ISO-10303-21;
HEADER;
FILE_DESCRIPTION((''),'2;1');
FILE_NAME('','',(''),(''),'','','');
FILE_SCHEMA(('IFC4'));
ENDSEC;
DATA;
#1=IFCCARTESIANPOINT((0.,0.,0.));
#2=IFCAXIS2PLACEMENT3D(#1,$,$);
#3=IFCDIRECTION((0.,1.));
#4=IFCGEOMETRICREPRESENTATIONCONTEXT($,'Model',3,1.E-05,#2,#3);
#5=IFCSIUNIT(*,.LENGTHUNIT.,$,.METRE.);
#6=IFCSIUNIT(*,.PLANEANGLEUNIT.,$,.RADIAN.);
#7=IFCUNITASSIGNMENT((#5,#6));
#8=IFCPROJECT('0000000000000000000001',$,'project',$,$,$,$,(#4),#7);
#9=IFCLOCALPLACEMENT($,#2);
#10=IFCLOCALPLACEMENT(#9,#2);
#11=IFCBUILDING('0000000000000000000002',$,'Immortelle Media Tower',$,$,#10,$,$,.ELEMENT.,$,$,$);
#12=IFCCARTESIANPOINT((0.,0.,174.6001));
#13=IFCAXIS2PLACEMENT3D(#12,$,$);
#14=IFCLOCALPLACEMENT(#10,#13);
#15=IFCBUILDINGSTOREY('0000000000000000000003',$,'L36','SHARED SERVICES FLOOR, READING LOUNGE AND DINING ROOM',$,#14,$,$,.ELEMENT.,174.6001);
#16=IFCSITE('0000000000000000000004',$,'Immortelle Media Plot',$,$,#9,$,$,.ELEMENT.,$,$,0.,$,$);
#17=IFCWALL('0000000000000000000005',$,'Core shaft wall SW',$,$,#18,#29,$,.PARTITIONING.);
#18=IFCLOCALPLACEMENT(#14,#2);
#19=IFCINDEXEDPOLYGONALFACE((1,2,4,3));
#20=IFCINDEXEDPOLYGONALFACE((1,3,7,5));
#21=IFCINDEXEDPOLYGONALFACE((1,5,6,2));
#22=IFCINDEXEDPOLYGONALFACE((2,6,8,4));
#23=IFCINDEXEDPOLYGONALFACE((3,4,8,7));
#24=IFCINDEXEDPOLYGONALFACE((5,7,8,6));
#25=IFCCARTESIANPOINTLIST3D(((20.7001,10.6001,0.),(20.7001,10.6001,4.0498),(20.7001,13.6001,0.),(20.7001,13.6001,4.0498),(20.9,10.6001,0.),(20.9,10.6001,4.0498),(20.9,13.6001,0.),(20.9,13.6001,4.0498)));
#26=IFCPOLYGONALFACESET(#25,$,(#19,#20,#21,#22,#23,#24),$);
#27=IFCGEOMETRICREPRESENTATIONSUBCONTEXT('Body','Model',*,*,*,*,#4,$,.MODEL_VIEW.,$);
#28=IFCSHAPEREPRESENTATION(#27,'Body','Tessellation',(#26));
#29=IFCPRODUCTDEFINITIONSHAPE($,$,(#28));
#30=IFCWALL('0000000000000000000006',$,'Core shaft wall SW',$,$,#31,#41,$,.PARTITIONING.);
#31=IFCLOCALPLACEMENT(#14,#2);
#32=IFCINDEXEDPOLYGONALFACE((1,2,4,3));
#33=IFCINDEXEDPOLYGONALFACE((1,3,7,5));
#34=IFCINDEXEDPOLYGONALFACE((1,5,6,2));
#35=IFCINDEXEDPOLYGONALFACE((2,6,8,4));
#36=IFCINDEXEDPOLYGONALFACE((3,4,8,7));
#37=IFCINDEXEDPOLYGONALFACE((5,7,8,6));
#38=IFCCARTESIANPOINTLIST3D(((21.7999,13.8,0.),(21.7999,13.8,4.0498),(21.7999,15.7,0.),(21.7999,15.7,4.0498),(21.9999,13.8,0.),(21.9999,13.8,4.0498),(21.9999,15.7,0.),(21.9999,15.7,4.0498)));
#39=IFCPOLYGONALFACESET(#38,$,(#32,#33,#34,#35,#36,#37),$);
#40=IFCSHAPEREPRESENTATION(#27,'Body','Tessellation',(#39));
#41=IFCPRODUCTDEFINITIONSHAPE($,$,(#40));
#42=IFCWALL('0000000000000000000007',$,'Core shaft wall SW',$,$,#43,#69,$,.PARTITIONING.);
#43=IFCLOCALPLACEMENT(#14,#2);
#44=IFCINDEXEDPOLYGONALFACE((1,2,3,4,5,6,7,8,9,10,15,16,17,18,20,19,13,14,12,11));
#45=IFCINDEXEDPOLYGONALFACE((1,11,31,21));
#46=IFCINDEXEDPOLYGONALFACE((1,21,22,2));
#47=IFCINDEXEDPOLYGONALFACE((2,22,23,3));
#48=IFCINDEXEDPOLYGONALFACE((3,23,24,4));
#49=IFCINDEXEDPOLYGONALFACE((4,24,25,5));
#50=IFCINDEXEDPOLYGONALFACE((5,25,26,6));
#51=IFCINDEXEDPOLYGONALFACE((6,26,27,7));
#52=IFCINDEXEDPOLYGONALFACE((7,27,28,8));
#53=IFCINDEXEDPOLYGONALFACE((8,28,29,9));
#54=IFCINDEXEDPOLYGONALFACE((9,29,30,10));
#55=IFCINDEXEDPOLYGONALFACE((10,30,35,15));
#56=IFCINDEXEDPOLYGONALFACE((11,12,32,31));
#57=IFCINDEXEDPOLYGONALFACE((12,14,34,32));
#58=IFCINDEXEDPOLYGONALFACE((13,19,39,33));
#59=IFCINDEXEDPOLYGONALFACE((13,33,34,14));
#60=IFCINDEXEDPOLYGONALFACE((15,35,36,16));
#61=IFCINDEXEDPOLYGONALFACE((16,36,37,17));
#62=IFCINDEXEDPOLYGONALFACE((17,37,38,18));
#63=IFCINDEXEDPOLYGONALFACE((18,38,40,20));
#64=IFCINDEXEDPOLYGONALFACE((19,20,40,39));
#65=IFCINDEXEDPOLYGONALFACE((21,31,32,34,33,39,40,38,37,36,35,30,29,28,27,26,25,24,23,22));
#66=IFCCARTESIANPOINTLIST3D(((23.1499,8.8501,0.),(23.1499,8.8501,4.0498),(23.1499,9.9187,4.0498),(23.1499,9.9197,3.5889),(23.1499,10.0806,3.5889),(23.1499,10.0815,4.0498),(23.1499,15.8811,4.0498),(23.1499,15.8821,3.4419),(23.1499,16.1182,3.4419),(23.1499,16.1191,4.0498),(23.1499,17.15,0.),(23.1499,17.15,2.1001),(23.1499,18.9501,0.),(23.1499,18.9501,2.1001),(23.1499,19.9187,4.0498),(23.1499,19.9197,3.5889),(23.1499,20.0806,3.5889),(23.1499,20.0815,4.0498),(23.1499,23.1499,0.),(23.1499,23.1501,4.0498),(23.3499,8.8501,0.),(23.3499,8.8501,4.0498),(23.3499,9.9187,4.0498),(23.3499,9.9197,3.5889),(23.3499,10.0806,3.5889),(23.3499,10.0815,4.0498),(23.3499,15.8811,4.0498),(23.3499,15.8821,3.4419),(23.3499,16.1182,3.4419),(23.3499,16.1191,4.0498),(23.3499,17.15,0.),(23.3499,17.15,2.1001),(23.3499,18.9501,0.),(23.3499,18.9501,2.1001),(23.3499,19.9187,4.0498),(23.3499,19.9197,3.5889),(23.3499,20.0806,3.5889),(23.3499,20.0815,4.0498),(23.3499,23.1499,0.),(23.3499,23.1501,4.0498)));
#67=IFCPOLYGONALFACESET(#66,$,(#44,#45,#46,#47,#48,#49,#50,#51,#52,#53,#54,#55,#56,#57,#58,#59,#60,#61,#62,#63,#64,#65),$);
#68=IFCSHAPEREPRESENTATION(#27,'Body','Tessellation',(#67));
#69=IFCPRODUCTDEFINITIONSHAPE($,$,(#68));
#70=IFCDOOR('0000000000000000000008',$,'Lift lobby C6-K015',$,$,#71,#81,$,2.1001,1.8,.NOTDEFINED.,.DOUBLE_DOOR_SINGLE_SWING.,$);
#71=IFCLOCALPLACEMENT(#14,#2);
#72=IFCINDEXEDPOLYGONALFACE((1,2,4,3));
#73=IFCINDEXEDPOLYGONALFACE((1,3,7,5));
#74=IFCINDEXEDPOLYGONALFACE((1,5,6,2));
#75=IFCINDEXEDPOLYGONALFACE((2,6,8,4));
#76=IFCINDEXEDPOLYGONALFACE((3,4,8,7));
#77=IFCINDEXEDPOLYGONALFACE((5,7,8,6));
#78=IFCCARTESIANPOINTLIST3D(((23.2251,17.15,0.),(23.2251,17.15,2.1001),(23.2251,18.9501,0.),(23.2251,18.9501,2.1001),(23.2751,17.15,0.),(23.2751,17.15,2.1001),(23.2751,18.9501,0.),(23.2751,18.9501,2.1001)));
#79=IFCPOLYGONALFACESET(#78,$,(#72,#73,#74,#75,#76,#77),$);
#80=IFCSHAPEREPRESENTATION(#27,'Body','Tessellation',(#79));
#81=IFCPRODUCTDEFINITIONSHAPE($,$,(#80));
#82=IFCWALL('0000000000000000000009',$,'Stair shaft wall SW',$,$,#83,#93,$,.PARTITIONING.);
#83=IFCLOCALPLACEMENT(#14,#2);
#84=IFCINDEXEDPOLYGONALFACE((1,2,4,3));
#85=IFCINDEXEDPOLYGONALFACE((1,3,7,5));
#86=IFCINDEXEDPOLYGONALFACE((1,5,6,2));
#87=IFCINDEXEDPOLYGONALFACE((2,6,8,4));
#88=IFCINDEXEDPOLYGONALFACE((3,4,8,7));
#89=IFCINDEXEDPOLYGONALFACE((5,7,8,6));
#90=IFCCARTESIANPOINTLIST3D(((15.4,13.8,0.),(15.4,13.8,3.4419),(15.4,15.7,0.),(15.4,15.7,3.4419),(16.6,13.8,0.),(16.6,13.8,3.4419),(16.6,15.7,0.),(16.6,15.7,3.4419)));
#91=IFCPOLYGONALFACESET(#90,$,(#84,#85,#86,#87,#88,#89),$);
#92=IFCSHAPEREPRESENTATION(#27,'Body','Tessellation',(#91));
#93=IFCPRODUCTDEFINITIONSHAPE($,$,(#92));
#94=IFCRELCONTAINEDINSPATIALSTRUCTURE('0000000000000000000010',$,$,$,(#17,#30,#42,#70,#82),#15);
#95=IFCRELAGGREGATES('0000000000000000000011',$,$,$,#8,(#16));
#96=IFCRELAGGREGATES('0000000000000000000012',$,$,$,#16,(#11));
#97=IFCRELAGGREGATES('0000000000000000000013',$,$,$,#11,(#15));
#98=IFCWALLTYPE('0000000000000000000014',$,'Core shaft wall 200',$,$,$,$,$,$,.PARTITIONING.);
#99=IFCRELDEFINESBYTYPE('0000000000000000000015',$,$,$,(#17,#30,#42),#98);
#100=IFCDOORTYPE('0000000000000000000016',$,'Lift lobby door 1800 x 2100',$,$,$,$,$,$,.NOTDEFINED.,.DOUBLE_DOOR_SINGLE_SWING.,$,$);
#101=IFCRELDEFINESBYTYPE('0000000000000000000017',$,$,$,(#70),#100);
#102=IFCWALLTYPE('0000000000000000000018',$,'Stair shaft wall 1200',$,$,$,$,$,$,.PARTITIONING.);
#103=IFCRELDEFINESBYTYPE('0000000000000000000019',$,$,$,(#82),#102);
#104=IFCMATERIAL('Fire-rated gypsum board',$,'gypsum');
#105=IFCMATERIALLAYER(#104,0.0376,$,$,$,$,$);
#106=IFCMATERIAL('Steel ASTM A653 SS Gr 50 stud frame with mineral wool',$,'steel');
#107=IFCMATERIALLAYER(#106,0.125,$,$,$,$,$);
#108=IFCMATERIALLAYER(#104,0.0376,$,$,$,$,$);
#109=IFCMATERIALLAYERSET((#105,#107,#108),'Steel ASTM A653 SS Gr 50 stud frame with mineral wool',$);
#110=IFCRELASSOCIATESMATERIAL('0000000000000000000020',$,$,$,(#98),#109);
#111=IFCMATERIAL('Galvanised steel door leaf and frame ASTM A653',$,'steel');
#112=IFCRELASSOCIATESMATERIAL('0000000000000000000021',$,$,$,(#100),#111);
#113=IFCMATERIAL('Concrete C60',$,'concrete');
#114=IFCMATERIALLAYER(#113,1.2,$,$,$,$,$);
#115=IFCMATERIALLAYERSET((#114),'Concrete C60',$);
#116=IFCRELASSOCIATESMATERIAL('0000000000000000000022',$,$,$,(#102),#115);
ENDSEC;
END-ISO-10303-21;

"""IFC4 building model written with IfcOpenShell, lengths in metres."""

from ifc_helpers import new_model, si_unit, direction, frame, frame_2d, origin, place, context, subcontext, project, spatial, polyline, rectangle, outline, extrude, material, layer, layer_set, type_object, element, fill, save


model = new_model("IFC4")

# Units and contexts
model_context = context("Model", 3, precision=1e-05, world=origin(), true_north=direction((0.0, 1.0)))
body_context = subcontext(model_context, "Body", "Model", "MODEL_VIEW")
ifc_project = project(units=[si_unit("LENGTHUNIT", "METRE"), si_unit("PLANEANGLEUNIT", "RADIAN")], contexts=[model_context])

# Site, building, storey
site_placement = place(None, origin())
site = spatial("IfcSite", under=ifc_project, at=site_placement, Name="Immortelle Media Plot", CompositionType="ELEMENT", RefElevation=0.0)
building_placement = place(site_placement, origin())
building = spatial("IfcBuilding", under=site, at=building_placement, Name="Immortelle Media Tower", CompositionType="ELEMENT")
storey_placement = place(building_placement, frame((0.0, 0.0, 174.6001)))
storey = spatial("IfcBuildingStorey", under=building, at=storey_placement, Name="L36", Description="SHARED SERVICES FLOOR, READING LOUNGE AND DINING ROOM", CompositionType="ELEMENT", Elevation=174.6001)

# Shared definitions
ifc_material_1 = material(Name="Galvanised steel door leaf and frame ASTM A653", Category="steel")

# Walls
ifc_material_2 = material(Name="Fire-rated gypsum board", Category="gypsum")
ifc_layer_1 = layer(ifc_material_2, 0.0376)
ifc_material_3 = material(Name="Steel ASTM A653 SS Gr 50 stud frame with mineral wool", Category="steel")
ifc_layer_2 = layer(ifc_material_3, 0.125)
ifc_layer_3 = layer(ifc_material_2, 0.0376)
ifc_layer_set_1 = layer_set([ifc_layer_1, ifc_layer_2, ifc_layer_3], Name="Steel ASTM A653 SS Gr 50 stud frame with mineral wool")
wall_type_1 = type_object("IfcWallType", Name="Core shaft wall 200", PredefinedType="PARTITIONING", material=ifc_layer_set_1)
wall_1_placement = place(storey_placement, frame((20.8, 10.6001, 0.0), z_axis=(0.0, 0.0, 1.0), x_axis=(0.0, 1.0, 0.0)))
element("IfcWall", 1, at=wall_1_placement, inside=storey, type_object=wall_type_1, Name="Core shaft wall SW", PredefinedType="PARTITIONING", context=body_context, shape_type="SweptSolid", body=[
    extrude(rectangle(XDim=3.0, YDim=0.2, at=frame_2d((1.5, 0.0))), origin(), (0.0, 0.0, 1.0), 4.0498),
])
wall_2_placement = place(storey_placement, frame((21.8999, 13.8, 0.0), z_axis=(0.0, 0.0, 1.0), x_axis=(0.0, 1.0, 0.0)))
element("IfcWall", 2, at=wall_2_placement, inside=storey, type_object=wall_type_1, Name="Core shaft wall SW", PredefinedType="PARTITIONING", context=body_context, shape_type="SweptSolid", body=[
    extrude(rectangle(XDim=1.8999, YDim=0.2, at=frame_2d((0.95, 0.0))), origin(), (0.0, 0.0, 1.0), 4.0498),
])

# Wall, opening, door
wall_3_placement = place(storey_placement, frame((23.25, 8.8501, 0.0), z_axis=(0.0, 0.0, 1.0), x_axis=(0.0, 1.0, 0.0)))
wall_3 = element("IfcWall", 3, at=wall_3_placement, inside=storey, type_object=wall_type_1, Name="Core shaft wall SW", PredefinedType="PARTITIONING", context=body_context, shape_type="SweptSolid", body=[
    extrude(outline(polyline([(0.0, 0.0), (14.2998, 0.0), (14.3, 4.0498), (11.2314, 4.0498), (11.2305, 3.5889), (11.0696, 3.5889), (11.0686, 4.0498), (7.269, 4.0498), (7.2681, 3.4419), (7.032, 3.4419), (7.031, 4.0498), (1.2314, 4.0498), (1.2305, 3.5889), (1.0696, 3.5889), (1.0686, 4.0498), (0.0, 4.0498), (0.0, 0.0)])), frame((0.0, 0.1001, 0.0), z_axis=(0.0, -1.0, 0.0), x_axis=(1.0, 0.0, 0.0)), (0.0, 0.0, 1.0), 0.2),
])
opening_1_placement = place(wall_3_placement, frame((8.3, 0.0, 0.0)))
opening_1 = element("IfcOpeningElement", 4, at=opening_1_placement, cuts=wall_3, PredefinedType="OPENING", context=body_context, shape_type="SweptSolid", body=[
    extrude(rectangle(XDim=1.8, YDim=2.1001, at=frame_2d((0.8999, 1.05))), frame((0.0, 0.1099, 0.0), z_axis=(0.0, -1.0, 0.0), x_axis=(1.0, 0.0, 0.0)), (0.0, 0.0, 1.0), 0.22),
])
door_type_1 = type_object("IfcDoorType", Name="Lift lobby door 1800 x 2100", OperationType="DOUBLE_DOOR_SINGLE_SWING", PredefinedType="NOTDEFINED", material=ifc_material_1)
door_1_placement = place(opening_1_placement, origin())
door_1 = element("IfcDoor", 5, at=door_1_placement, inside=storey, type_object=door_type_1, Name="Lift lobby C6-K015", OperationType="DOUBLE_DOOR_SINGLE_SWING", OverallHeight=2.1001, OverallWidth=1.8, PredefinedType="NOTDEFINED", context=body_context, shape_type="SweptSolid", body=[
    extrude(rectangle(XDim=1.8, YDim=2.1001, at=frame_2d((0.8999, 1.05))), frame((0.0, 0.0249, 0.0), z_axis=(0.0, -1.0, 0.0), x_axis=(1.0, 0.0, 0.0)), (0.0, 0.0, 1.0), 0.05),
])
fill(opening_1, door_1)

# Wall
ifc_material_4 = material(Name="Concrete C60", Category="concrete")
ifc_layer_4 = layer(ifc_material_4, 1.2)
ifc_layer_set_2 = layer_set([ifc_layer_4], Name="Concrete C60")
wall_type_2 = type_object("IfcWallType", Name="Stair shaft wall 1200", PredefinedType="PARTITIONING", material=ifc_layer_set_2)
wall_4_placement = place(storey_placement, frame((16.0, 13.8, 0.0), z_axis=(0.0, 0.0, 1.0), x_axis=(0.0, 1.0, 0.0)))
element("IfcWall", 6, at=wall_4_placement, inside=storey, type_object=wall_type_2, Name="Stair shaft wall SW", PredefinedType="PARTITIONING", context=body_context, shape_type="SweptSolid", body=[
    extrude(rectangle(XDim=1.8999, YDim=1.2, at=frame_2d((0.95, 0.0))), origin(), (0.0, 0.0, 1.0), 3.4419),
])

save(model, "model.ifc")
